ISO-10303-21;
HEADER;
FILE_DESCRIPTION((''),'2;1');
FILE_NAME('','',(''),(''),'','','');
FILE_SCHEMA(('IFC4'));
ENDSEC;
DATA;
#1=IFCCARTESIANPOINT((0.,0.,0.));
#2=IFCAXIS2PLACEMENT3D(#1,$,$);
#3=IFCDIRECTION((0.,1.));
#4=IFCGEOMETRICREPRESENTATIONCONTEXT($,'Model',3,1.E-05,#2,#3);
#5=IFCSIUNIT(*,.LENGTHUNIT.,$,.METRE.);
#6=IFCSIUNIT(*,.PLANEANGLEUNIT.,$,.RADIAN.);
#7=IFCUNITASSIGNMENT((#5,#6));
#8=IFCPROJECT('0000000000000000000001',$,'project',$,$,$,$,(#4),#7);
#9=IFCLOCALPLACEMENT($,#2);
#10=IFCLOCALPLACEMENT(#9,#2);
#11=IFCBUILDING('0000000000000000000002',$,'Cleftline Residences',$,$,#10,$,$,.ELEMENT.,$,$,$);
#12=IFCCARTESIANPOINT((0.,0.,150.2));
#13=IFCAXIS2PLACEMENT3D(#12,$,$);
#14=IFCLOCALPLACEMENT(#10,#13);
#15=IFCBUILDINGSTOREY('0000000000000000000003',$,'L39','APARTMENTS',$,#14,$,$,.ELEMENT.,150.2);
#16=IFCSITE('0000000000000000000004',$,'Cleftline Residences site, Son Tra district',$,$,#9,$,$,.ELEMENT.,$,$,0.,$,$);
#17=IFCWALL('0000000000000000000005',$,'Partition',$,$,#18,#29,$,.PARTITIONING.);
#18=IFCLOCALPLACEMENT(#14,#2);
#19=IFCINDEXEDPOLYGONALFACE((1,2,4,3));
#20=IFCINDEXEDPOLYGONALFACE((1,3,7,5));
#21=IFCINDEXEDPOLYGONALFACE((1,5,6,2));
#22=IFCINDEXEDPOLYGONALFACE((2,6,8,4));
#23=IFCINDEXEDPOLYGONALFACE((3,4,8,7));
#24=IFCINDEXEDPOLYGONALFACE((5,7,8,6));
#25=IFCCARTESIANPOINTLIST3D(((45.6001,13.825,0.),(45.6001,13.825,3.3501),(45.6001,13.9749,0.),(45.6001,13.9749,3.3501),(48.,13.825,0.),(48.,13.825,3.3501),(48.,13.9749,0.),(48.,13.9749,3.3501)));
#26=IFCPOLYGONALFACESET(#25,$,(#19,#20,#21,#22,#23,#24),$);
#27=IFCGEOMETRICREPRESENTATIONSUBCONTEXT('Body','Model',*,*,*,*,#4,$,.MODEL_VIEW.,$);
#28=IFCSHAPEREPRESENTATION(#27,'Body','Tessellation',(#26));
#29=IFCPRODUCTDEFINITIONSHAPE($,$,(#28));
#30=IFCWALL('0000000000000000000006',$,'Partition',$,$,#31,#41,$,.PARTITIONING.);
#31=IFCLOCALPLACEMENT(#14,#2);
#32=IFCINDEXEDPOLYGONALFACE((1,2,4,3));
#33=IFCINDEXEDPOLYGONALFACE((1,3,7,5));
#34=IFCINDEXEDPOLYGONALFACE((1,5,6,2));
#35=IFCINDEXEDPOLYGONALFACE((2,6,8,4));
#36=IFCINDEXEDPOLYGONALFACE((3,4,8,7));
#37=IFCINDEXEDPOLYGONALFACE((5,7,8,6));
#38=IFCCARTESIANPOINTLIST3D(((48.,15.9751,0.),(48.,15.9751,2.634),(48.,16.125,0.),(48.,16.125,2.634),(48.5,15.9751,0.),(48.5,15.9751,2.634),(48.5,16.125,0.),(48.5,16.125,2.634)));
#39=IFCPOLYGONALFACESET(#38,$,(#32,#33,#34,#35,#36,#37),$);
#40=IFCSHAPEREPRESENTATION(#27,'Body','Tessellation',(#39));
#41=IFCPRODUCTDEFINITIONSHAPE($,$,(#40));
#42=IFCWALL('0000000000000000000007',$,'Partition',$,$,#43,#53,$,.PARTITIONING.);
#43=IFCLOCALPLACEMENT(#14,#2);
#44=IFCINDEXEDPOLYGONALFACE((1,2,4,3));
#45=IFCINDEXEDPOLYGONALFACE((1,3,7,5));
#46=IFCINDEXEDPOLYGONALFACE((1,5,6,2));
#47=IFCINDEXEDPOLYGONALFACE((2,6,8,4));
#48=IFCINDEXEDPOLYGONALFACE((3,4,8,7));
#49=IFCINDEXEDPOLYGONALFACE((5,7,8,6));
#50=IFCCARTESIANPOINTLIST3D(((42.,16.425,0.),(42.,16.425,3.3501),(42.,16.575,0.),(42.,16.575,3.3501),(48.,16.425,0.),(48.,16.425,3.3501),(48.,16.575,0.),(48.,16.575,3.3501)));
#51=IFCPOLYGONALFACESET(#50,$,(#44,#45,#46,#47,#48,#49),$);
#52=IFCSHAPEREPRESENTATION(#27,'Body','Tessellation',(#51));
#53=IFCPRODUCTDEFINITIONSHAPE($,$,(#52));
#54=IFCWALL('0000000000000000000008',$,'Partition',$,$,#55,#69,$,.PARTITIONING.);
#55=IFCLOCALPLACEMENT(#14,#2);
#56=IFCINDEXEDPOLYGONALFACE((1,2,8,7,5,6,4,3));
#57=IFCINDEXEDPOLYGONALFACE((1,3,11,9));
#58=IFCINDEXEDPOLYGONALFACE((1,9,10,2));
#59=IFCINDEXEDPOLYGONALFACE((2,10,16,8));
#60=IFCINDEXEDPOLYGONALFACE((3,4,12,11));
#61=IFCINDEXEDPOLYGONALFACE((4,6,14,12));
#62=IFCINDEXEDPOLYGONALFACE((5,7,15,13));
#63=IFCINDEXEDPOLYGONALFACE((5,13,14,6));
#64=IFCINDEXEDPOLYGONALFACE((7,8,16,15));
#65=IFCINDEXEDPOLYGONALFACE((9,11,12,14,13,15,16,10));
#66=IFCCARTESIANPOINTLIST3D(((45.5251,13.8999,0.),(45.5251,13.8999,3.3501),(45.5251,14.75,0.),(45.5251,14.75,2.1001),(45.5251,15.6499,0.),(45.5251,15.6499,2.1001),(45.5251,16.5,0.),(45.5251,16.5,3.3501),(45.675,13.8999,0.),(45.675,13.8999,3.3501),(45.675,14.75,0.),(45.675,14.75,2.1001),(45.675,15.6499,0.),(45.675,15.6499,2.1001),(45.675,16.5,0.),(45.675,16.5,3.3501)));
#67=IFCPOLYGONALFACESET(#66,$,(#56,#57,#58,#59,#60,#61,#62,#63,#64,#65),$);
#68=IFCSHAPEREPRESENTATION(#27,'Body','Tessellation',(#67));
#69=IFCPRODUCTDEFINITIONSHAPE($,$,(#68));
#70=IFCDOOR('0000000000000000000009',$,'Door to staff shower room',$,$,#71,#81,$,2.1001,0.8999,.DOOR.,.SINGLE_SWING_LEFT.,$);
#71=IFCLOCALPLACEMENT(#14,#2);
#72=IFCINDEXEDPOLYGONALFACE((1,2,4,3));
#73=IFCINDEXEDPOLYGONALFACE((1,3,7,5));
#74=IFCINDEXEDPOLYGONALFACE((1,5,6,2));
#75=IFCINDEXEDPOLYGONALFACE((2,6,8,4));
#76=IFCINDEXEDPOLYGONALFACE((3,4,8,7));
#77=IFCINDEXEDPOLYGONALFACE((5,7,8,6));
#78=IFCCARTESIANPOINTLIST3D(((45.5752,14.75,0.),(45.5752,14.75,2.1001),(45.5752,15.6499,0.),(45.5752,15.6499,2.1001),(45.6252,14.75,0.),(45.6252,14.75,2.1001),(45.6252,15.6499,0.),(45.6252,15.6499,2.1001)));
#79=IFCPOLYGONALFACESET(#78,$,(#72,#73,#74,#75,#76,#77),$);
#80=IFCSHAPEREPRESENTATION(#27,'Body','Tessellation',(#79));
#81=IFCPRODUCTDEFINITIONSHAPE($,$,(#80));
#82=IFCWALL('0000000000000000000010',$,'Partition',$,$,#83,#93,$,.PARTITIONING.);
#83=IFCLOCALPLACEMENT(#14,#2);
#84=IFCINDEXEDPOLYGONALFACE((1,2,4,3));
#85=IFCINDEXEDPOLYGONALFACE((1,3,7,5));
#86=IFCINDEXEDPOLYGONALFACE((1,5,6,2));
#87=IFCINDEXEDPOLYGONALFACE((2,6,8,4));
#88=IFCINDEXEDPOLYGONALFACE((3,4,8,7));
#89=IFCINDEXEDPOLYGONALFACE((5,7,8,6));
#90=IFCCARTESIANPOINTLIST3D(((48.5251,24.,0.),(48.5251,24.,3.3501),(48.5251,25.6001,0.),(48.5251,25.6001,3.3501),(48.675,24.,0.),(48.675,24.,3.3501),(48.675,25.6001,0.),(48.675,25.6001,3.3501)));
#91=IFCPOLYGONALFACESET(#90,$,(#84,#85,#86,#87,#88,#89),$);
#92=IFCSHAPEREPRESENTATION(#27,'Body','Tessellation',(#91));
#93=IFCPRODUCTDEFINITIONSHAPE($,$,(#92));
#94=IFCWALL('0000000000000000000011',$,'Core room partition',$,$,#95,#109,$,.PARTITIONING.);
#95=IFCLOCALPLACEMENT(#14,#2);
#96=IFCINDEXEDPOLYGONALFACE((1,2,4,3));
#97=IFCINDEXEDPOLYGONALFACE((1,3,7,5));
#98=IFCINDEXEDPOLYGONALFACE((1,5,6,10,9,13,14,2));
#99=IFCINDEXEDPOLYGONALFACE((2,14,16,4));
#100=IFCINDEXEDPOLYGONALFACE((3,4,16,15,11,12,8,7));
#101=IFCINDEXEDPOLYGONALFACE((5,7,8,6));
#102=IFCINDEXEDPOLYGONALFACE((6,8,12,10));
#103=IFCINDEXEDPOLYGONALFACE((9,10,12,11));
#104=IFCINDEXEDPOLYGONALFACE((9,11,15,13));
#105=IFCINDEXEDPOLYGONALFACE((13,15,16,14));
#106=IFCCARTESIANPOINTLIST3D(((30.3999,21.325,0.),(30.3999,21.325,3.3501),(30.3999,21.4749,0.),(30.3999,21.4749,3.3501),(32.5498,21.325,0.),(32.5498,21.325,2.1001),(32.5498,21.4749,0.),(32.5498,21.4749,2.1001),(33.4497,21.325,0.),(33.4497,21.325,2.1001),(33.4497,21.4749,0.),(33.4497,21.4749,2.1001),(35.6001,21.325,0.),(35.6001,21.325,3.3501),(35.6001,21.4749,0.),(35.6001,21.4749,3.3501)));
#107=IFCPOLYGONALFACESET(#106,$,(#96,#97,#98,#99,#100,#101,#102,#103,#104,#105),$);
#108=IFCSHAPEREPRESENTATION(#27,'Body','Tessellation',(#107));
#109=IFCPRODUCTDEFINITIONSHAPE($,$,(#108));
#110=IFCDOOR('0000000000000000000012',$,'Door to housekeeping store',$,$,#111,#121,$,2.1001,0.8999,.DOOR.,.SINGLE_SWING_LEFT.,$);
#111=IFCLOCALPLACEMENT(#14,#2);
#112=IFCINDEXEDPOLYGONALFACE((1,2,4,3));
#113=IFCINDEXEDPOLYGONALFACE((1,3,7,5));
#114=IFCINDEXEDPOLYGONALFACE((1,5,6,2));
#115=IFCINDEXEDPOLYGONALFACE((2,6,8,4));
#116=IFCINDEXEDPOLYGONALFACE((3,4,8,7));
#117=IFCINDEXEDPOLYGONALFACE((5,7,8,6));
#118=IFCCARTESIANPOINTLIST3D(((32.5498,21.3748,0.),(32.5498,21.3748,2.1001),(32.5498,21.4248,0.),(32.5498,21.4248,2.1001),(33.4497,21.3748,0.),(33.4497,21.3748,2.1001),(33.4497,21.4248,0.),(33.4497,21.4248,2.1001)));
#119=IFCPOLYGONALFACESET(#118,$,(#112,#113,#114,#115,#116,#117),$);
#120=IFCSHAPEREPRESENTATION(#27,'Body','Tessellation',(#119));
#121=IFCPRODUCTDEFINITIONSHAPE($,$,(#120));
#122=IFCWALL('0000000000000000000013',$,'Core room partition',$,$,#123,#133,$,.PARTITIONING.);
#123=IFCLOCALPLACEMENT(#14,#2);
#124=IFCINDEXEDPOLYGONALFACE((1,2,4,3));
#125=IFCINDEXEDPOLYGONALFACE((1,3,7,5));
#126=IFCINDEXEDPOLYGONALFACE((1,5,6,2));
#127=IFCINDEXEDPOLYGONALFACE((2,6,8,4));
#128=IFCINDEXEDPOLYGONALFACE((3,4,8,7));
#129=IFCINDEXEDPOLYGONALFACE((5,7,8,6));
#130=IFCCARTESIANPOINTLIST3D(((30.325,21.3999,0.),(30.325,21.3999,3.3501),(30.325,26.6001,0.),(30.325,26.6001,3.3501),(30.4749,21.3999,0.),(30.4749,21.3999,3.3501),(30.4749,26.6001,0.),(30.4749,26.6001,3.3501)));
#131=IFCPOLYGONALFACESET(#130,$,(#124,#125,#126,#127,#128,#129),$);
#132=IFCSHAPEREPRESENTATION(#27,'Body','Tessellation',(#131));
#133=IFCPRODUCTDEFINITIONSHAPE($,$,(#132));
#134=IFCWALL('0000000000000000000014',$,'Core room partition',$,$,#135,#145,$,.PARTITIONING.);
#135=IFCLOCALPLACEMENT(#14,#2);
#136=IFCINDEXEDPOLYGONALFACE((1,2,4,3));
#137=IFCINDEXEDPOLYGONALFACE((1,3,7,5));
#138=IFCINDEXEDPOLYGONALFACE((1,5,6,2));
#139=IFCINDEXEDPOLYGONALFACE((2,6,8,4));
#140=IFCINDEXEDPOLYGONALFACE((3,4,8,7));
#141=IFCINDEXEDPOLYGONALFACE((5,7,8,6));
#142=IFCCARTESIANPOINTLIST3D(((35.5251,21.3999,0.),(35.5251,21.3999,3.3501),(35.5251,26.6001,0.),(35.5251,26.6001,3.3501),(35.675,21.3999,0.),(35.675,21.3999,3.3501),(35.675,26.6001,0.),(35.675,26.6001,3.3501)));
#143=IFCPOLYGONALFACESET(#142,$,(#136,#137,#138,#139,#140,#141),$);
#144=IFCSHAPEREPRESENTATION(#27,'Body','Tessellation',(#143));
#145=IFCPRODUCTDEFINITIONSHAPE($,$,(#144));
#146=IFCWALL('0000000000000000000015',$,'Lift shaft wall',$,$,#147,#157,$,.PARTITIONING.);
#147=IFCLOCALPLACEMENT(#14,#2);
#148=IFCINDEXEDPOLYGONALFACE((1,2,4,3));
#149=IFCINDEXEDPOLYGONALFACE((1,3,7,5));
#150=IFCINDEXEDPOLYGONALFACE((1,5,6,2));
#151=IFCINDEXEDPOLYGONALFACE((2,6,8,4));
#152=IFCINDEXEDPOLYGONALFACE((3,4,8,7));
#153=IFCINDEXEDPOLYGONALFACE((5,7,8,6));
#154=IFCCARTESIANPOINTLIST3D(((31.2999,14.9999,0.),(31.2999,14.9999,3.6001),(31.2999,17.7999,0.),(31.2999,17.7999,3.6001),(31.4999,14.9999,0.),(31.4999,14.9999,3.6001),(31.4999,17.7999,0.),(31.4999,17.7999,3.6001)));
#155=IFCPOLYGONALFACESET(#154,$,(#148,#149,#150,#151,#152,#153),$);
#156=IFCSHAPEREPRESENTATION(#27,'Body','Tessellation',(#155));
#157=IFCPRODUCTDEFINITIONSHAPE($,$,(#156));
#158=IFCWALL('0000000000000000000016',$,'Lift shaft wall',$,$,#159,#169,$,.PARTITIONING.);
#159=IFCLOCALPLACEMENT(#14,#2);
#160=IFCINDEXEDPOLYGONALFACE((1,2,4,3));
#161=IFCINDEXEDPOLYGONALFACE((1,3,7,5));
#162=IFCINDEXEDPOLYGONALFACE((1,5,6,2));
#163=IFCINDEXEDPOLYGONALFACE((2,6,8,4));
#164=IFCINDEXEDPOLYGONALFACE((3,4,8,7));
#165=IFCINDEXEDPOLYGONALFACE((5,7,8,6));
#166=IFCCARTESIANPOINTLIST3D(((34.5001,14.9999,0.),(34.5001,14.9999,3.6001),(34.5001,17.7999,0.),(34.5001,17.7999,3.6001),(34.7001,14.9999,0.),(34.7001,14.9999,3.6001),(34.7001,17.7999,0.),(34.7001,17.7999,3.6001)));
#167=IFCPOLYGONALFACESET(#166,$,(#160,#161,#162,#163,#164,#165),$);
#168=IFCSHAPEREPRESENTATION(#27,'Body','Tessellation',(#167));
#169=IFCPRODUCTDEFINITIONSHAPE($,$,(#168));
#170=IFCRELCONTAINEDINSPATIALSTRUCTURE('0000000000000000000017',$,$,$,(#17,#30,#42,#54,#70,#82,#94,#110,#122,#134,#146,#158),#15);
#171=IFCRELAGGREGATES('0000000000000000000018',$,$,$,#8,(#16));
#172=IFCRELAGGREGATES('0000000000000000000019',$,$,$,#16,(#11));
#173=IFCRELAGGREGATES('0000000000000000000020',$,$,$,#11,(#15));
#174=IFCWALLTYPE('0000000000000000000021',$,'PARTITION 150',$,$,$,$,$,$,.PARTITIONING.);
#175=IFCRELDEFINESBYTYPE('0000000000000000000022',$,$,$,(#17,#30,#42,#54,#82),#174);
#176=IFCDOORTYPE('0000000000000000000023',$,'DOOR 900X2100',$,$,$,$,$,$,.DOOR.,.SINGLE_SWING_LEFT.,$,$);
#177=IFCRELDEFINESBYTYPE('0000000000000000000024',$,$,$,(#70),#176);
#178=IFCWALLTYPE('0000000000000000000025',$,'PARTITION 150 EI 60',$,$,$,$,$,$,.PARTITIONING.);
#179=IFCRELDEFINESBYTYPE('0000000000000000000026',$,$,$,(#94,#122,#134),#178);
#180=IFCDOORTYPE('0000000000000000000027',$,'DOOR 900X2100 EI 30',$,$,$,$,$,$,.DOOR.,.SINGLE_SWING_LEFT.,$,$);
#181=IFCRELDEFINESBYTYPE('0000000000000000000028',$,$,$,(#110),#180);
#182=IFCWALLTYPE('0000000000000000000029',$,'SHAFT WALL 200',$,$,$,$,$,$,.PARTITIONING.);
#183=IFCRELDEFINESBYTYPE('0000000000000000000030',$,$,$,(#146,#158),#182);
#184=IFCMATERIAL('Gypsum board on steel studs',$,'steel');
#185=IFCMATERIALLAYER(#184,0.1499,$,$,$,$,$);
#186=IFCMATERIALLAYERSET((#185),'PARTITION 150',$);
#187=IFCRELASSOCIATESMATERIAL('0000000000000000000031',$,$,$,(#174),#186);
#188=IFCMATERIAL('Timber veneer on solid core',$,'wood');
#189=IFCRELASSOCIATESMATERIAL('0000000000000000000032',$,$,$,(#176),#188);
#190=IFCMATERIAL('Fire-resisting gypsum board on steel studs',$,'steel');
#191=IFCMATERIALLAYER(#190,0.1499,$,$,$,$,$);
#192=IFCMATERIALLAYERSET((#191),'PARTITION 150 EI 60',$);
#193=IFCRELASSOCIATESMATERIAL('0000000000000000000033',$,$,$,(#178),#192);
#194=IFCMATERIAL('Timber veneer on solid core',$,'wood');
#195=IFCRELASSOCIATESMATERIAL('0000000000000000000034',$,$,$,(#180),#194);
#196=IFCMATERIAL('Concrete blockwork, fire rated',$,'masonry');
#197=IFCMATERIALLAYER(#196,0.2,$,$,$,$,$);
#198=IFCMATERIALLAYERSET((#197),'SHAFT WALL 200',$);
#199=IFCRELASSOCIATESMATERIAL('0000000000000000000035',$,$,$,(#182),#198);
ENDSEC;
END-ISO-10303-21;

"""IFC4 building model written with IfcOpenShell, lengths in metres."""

from ifc_helpers import new_model, si_unit, direction, frame, frame_2d, origin, place, context, subcontext, project, spatial, rectangle, extrude, material, layer, layer_set, type_object, element, fill, save


model = new_model("IFC4")

# Units and contexts
model_context = context("Model", 3, precision=1e-05, world=origin(), true_north=direction((0.0, 1.0)))
body_context = subcontext(model_context, "Body", "Model", "MODEL_VIEW")
ifc_project = project(units=[si_unit("LENGTHUNIT", "METRE"), si_unit("PLANEANGLEUNIT", "RADIAN")], contexts=[model_context])

# Site, building, storey
site_placement = place(None, origin())
site = spatial("IfcSite", under=ifc_project, at=site_placement, Name="Cleftline Residences site, Son Tra district", CompositionType="ELEMENT", RefElevation=0.0)
building_placement = place(site_placement, origin())
building = spatial("IfcBuilding", under=site, at=building_placement, Name="Cleftline Residences", CompositionType="ELEMENT")
storey_placement = place(building_placement, frame((0.0, 0.0, 150.2)))
storey = spatial("IfcBuildingStorey", under=building, at=storey_placement, Name="L39", Description="APARTMENTS", CompositionType="ELEMENT", Elevation=150.2)

# Walls
ifc_material_1 = material(Name="Gypsum board on steel studs", Category="steel")
ifc_layer_1 = layer(ifc_material_1, 0.1499)
ifc_layer_set_1 = layer_set([ifc_layer_1], Name="PARTITION 150")
wall_type_1 = type_object("IfcWallType", Name="PARTITION 150", PredefinedType="PARTITIONING", material=ifc_layer_set_1)
wall_1_placement = place(storey_placement, frame((45.6001, 13.8999, 0.0), z_axis=(0.0, 0.0, 1.0), x_axis=(1.0, 0.0, 0.0)))
element("IfcWall", 1, at=wall_1_placement, inside=storey, type_object=wall_type_1, Name="Partition", PredefinedType="PARTITIONING", context=body_context, shape_type="SweptSolid", body=[
    extrude(rectangle(XDim=2.3999, YDim=0.1499, at=frame_2d((1.2, 0.0))), origin(), (0.0, 0.0, 1.0), 3.3501),
])
wall_2_placement = place(storey_placement, frame((48.0, 16.05, 0.0), z_axis=(0.0, 0.0, 1.0), x_axis=(1.0, 0.0, 0.0)))
element("IfcWall", 2, at=wall_2_placement, inside=storey, type_object=wall_type_1, Name="Partition", PredefinedType="PARTITIONING", context=body_context, shape_type="SweptSolid", body=[
    extrude(rectangle(XDim=0.5, YDim=0.1499, at=frame_2d((0.25, 0.0))), origin(), (0.0, 0.0, 1.0), 2.634),
])
wall_3_placement = place(storey_placement, frame((42.0, 16.5, 0.0), z_axis=(0.0, 0.0, 1.0), x_axis=(1.0, 0.0, 0.0)))
element("IfcWall", 3, at=wall_3_placement, inside=storey, type_object=wall_type_1, Name="Partition", PredefinedType="PARTITIONING", context=body_context, shape_type="SweptSolid", body=[
    extrude(rectangle(XDim=6.0, YDim=0.1499, at=frame_2d((3.0, 0.0))), origin(), (0.0, 0.0, 1.0), 3.3501),
])

# Wall, opening, door
wall_4_placement = place(storey_placement, frame((45.6001, 13.8999, 0.0), z_axis=(0.0, 0.0, 1.0), x_axis=(0.0, 1.0, 0.0)))
wall_4 = element("IfcWall", 4, at=wall_4_placement, inside=storey, type_object=wall_type_1, Name="Partition", PredefinedType="PARTITIONING", context=body_context, shape_type="SweptSolid", body=[
    extrude(rectangle(XDim=2.6001, YDim=0.1499, at=frame_2d((1.3, 0.0))), origin(), (0.0, 0.0, 1.0), 3.3501),
])
opening_1_placement = place(wall_4_placement, frame((0.8501, 0.0, 0.0)))
opening_1 = element("IfcOpeningElement", 5, at=opening_1_placement, cuts=wall_4, PredefinedType="OPENING", context=body_context, shape_type="SweptSolid", body=[
    extrude(rectangle(XDim=0.8999, YDim=2.1001, at=frame_2d((0.45, 1.05))), frame((0.0, 0.085, 0.0), z_axis=(0.0, -1.0, 0.0), x_axis=(1.0, 0.0, 0.0)), (0.0, 0.0, 1.0), 0.1699),
])
ifc_material_2 = material(Name="Timber veneer on solid core", Category="wood")
door_type_1 = type_object("IfcDoorType", Name="DOOR 900X2100", OperationType="SINGLE_SWING_LEFT", PredefinedType="DOOR", material=ifc_material_2)
door_1_placement = place(opening_1_placement, origin())
door_1 = element("IfcDoor", 6, at=door_1_placement, inside=storey, type_object=door_type_1, Name="Door to staff shower room", OperationType="SINGLE_SWING_LEFT", OverallHeight=2.1001, OverallWidth=0.8999, PredefinedType="DOOR", context=body_context, shape_type="SweptSolid", body=[
    extrude(rectangle(XDim=0.8999, YDim=2.1001, at=frame_2d((0.45, 1.05))), frame((0.0, 0.0249, 0.0), z_axis=(0.0, -1.0, 0.0), x_axis=(1.0, 0.0, 0.0)), (0.0, 0.0, 1.0), 0.05),
])
fill(opening_1, door_1)

# Wall
wall_5_placement = place(storey_placement, frame((48.6001, 24.0, 0.0), z_axis=(0.0, 0.0, 1.0), x_axis=(0.0, 1.0, 0.0)))
element("IfcWall", 7, at=wall_5_placement, inside=storey, type_object=wall_type_1, Name="Partition", PredefinedType="PARTITIONING", context=body_context, shape_type="SweptSolid", body=[
    extrude(rectangle(XDim=1.6001, YDim=0.1499, at=frame_2d((0.8, 0.0))), origin(), (0.0, 0.0, 1.0), 3.3501),
])

# Wall, opening, door
ifc_material_3 = material(Name="Fire-resisting gypsum board on steel studs", Category="steel")
ifc_layer_2 = layer(ifc_material_3, 0.1499)
ifc_layer_set_2 = layer_set([ifc_layer_2], Name="PARTITION 150 EI 60")
wall_type_2 = type_object("IfcWallType", Name="PARTITION 150 EI 60", PredefinedType="PARTITIONING", material=ifc_layer_set_2)
wall_6_placement = place(storey_placement, frame((30.3999, 21.3999, 0.0), z_axis=(0.0, 0.0, 1.0), x_axis=(1.0, 0.0, 0.0)))
wall_6 = element("IfcWall", 8, at=wall_6_placement, inside=storey, type_object=wall_type_2, Name="Core room partition", PredefinedType="PARTITIONING", context=body_context, shape_type="SweptSolid", body=[
    extrude(rectangle(XDim=5.2002, YDim=0.1499, at=frame_2d((2.6001, 0.0))), origin(), (0.0, 0.0, 1.0), 3.3501),
])
opening_2_placement = place(wall_6_placement, frame((2.1499, 0.0, 0.0)))
opening_2 = element("IfcOpeningElement", 9, at=opening_2_placement, cuts=wall_6, PredefinedType="OPENING", context=body_context, shape_type="SweptSolid", body=[
    extrude(rectangle(XDim=0.8999, YDim=2.1001, at=frame_2d((0.45, 1.05))), frame((0.0, 0.085, 0.0), z_axis=(0.0, -1.0, 0.0), x_axis=(1.0, 0.0, 0.0)), (0.0, 0.0, 1.0), 0.1699),
])
ifc_material_4 = material(Name="Timber veneer on solid core", Category="wood")
door_type_2 = type_object("IfcDoorType", Name="DOOR 900X2100 EI 30", OperationType="SINGLE_SWING_LEFT", PredefinedType="DOOR", material=ifc_material_4)
door_2_placement = place(opening_2_placement, origin())
door_2 = element("IfcDoor", 10, at=door_2_placement, inside=storey, type_object=door_type_2, Name="Door to housekeeping store", OperationType="SINGLE_SWING_LEFT", OverallHeight=2.1001, OverallWidth=0.8999, PredefinedType="DOOR", context=body_context, shape_type="SweptSolid", body=[
    extrude(rectangle(XDim=0.8999, YDim=2.1001, at=frame_2d((0.45, 1.05))), frame((0.0, 0.0249, 0.0), z_axis=(0.0, -1.0, 0.0), x_axis=(1.0, 0.0, 0.0)), (0.0, 0.0, 1.0), 0.05),
])
fill(opening_2, door_2)

# Walls
for number, where, z_axis, x_axis, name in (
    (11, (30.3999, 21.3999, 0.0), (0.0, 0.0, 1.0), (0.0, 1.0, 0.0), "Core room partition"),
    (12, (35.6001, 21.3999, 0.0), (0.0, 0.0, 1.0), (0.0, 1.0, 0.0), "Core room partition"),
):
    element("IfcWall", number, at=place(storey_placement, frame(where, z_axis=z_axis, x_axis=x_axis)), inside=storey, type_object=wall_type_2, Name=name, PredefinedType="PARTITIONING", context=body_context, shape_type="SweptSolid", body=[
        extrude(rectangle(XDim=5.2002, YDim=0.1499, at=frame_2d((2.6001, 0.0))), origin(), (0.0, 0.0, 1.0), 3.3501),
    ])
ifc_material_5 = material(Name="Concrete blockwork, fire rated", Category="masonry")
ifc_layer_3 = layer(ifc_material_5, 0.2)
ifc_layer_set_3 = layer_set([ifc_layer_3], Name="SHAFT WALL 200")
wall_type_3 = type_object("IfcWallType", Name="SHAFT WALL 200", PredefinedType="PARTITIONING", material=ifc_layer_set_3)
for number, where, z_axis, x_axis, name in (
    (13, (31.3999, 15.0, 0.0), (0.0, 0.0, 1.0), (0.0, 1.0, 0.0), "Lift shaft wall"),
    (14, (34.6001, 15.0, 0.0), (0.0, 0.0, 1.0), (0.0, 1.0, 0.0), "Lift shaft wall"),
):
    element("IfcWall", number, at=place(storey_placement, frame(where, z_axis=z_axis, x_axis=x_axis)), inside=storey, type_object=wall_type_3, Name=name, PredefinedType="PARTITIONING", context=body_context, shape_type="SweptSolid", body=[
        extrude(rectangle(XDim=2.8, YDim=0.2, at=frame_2d((1.3999, 0.0))), origin(), (0.0, 0.0, 1.0), 3.6001),
    ])

save(model, "model.ifc")
